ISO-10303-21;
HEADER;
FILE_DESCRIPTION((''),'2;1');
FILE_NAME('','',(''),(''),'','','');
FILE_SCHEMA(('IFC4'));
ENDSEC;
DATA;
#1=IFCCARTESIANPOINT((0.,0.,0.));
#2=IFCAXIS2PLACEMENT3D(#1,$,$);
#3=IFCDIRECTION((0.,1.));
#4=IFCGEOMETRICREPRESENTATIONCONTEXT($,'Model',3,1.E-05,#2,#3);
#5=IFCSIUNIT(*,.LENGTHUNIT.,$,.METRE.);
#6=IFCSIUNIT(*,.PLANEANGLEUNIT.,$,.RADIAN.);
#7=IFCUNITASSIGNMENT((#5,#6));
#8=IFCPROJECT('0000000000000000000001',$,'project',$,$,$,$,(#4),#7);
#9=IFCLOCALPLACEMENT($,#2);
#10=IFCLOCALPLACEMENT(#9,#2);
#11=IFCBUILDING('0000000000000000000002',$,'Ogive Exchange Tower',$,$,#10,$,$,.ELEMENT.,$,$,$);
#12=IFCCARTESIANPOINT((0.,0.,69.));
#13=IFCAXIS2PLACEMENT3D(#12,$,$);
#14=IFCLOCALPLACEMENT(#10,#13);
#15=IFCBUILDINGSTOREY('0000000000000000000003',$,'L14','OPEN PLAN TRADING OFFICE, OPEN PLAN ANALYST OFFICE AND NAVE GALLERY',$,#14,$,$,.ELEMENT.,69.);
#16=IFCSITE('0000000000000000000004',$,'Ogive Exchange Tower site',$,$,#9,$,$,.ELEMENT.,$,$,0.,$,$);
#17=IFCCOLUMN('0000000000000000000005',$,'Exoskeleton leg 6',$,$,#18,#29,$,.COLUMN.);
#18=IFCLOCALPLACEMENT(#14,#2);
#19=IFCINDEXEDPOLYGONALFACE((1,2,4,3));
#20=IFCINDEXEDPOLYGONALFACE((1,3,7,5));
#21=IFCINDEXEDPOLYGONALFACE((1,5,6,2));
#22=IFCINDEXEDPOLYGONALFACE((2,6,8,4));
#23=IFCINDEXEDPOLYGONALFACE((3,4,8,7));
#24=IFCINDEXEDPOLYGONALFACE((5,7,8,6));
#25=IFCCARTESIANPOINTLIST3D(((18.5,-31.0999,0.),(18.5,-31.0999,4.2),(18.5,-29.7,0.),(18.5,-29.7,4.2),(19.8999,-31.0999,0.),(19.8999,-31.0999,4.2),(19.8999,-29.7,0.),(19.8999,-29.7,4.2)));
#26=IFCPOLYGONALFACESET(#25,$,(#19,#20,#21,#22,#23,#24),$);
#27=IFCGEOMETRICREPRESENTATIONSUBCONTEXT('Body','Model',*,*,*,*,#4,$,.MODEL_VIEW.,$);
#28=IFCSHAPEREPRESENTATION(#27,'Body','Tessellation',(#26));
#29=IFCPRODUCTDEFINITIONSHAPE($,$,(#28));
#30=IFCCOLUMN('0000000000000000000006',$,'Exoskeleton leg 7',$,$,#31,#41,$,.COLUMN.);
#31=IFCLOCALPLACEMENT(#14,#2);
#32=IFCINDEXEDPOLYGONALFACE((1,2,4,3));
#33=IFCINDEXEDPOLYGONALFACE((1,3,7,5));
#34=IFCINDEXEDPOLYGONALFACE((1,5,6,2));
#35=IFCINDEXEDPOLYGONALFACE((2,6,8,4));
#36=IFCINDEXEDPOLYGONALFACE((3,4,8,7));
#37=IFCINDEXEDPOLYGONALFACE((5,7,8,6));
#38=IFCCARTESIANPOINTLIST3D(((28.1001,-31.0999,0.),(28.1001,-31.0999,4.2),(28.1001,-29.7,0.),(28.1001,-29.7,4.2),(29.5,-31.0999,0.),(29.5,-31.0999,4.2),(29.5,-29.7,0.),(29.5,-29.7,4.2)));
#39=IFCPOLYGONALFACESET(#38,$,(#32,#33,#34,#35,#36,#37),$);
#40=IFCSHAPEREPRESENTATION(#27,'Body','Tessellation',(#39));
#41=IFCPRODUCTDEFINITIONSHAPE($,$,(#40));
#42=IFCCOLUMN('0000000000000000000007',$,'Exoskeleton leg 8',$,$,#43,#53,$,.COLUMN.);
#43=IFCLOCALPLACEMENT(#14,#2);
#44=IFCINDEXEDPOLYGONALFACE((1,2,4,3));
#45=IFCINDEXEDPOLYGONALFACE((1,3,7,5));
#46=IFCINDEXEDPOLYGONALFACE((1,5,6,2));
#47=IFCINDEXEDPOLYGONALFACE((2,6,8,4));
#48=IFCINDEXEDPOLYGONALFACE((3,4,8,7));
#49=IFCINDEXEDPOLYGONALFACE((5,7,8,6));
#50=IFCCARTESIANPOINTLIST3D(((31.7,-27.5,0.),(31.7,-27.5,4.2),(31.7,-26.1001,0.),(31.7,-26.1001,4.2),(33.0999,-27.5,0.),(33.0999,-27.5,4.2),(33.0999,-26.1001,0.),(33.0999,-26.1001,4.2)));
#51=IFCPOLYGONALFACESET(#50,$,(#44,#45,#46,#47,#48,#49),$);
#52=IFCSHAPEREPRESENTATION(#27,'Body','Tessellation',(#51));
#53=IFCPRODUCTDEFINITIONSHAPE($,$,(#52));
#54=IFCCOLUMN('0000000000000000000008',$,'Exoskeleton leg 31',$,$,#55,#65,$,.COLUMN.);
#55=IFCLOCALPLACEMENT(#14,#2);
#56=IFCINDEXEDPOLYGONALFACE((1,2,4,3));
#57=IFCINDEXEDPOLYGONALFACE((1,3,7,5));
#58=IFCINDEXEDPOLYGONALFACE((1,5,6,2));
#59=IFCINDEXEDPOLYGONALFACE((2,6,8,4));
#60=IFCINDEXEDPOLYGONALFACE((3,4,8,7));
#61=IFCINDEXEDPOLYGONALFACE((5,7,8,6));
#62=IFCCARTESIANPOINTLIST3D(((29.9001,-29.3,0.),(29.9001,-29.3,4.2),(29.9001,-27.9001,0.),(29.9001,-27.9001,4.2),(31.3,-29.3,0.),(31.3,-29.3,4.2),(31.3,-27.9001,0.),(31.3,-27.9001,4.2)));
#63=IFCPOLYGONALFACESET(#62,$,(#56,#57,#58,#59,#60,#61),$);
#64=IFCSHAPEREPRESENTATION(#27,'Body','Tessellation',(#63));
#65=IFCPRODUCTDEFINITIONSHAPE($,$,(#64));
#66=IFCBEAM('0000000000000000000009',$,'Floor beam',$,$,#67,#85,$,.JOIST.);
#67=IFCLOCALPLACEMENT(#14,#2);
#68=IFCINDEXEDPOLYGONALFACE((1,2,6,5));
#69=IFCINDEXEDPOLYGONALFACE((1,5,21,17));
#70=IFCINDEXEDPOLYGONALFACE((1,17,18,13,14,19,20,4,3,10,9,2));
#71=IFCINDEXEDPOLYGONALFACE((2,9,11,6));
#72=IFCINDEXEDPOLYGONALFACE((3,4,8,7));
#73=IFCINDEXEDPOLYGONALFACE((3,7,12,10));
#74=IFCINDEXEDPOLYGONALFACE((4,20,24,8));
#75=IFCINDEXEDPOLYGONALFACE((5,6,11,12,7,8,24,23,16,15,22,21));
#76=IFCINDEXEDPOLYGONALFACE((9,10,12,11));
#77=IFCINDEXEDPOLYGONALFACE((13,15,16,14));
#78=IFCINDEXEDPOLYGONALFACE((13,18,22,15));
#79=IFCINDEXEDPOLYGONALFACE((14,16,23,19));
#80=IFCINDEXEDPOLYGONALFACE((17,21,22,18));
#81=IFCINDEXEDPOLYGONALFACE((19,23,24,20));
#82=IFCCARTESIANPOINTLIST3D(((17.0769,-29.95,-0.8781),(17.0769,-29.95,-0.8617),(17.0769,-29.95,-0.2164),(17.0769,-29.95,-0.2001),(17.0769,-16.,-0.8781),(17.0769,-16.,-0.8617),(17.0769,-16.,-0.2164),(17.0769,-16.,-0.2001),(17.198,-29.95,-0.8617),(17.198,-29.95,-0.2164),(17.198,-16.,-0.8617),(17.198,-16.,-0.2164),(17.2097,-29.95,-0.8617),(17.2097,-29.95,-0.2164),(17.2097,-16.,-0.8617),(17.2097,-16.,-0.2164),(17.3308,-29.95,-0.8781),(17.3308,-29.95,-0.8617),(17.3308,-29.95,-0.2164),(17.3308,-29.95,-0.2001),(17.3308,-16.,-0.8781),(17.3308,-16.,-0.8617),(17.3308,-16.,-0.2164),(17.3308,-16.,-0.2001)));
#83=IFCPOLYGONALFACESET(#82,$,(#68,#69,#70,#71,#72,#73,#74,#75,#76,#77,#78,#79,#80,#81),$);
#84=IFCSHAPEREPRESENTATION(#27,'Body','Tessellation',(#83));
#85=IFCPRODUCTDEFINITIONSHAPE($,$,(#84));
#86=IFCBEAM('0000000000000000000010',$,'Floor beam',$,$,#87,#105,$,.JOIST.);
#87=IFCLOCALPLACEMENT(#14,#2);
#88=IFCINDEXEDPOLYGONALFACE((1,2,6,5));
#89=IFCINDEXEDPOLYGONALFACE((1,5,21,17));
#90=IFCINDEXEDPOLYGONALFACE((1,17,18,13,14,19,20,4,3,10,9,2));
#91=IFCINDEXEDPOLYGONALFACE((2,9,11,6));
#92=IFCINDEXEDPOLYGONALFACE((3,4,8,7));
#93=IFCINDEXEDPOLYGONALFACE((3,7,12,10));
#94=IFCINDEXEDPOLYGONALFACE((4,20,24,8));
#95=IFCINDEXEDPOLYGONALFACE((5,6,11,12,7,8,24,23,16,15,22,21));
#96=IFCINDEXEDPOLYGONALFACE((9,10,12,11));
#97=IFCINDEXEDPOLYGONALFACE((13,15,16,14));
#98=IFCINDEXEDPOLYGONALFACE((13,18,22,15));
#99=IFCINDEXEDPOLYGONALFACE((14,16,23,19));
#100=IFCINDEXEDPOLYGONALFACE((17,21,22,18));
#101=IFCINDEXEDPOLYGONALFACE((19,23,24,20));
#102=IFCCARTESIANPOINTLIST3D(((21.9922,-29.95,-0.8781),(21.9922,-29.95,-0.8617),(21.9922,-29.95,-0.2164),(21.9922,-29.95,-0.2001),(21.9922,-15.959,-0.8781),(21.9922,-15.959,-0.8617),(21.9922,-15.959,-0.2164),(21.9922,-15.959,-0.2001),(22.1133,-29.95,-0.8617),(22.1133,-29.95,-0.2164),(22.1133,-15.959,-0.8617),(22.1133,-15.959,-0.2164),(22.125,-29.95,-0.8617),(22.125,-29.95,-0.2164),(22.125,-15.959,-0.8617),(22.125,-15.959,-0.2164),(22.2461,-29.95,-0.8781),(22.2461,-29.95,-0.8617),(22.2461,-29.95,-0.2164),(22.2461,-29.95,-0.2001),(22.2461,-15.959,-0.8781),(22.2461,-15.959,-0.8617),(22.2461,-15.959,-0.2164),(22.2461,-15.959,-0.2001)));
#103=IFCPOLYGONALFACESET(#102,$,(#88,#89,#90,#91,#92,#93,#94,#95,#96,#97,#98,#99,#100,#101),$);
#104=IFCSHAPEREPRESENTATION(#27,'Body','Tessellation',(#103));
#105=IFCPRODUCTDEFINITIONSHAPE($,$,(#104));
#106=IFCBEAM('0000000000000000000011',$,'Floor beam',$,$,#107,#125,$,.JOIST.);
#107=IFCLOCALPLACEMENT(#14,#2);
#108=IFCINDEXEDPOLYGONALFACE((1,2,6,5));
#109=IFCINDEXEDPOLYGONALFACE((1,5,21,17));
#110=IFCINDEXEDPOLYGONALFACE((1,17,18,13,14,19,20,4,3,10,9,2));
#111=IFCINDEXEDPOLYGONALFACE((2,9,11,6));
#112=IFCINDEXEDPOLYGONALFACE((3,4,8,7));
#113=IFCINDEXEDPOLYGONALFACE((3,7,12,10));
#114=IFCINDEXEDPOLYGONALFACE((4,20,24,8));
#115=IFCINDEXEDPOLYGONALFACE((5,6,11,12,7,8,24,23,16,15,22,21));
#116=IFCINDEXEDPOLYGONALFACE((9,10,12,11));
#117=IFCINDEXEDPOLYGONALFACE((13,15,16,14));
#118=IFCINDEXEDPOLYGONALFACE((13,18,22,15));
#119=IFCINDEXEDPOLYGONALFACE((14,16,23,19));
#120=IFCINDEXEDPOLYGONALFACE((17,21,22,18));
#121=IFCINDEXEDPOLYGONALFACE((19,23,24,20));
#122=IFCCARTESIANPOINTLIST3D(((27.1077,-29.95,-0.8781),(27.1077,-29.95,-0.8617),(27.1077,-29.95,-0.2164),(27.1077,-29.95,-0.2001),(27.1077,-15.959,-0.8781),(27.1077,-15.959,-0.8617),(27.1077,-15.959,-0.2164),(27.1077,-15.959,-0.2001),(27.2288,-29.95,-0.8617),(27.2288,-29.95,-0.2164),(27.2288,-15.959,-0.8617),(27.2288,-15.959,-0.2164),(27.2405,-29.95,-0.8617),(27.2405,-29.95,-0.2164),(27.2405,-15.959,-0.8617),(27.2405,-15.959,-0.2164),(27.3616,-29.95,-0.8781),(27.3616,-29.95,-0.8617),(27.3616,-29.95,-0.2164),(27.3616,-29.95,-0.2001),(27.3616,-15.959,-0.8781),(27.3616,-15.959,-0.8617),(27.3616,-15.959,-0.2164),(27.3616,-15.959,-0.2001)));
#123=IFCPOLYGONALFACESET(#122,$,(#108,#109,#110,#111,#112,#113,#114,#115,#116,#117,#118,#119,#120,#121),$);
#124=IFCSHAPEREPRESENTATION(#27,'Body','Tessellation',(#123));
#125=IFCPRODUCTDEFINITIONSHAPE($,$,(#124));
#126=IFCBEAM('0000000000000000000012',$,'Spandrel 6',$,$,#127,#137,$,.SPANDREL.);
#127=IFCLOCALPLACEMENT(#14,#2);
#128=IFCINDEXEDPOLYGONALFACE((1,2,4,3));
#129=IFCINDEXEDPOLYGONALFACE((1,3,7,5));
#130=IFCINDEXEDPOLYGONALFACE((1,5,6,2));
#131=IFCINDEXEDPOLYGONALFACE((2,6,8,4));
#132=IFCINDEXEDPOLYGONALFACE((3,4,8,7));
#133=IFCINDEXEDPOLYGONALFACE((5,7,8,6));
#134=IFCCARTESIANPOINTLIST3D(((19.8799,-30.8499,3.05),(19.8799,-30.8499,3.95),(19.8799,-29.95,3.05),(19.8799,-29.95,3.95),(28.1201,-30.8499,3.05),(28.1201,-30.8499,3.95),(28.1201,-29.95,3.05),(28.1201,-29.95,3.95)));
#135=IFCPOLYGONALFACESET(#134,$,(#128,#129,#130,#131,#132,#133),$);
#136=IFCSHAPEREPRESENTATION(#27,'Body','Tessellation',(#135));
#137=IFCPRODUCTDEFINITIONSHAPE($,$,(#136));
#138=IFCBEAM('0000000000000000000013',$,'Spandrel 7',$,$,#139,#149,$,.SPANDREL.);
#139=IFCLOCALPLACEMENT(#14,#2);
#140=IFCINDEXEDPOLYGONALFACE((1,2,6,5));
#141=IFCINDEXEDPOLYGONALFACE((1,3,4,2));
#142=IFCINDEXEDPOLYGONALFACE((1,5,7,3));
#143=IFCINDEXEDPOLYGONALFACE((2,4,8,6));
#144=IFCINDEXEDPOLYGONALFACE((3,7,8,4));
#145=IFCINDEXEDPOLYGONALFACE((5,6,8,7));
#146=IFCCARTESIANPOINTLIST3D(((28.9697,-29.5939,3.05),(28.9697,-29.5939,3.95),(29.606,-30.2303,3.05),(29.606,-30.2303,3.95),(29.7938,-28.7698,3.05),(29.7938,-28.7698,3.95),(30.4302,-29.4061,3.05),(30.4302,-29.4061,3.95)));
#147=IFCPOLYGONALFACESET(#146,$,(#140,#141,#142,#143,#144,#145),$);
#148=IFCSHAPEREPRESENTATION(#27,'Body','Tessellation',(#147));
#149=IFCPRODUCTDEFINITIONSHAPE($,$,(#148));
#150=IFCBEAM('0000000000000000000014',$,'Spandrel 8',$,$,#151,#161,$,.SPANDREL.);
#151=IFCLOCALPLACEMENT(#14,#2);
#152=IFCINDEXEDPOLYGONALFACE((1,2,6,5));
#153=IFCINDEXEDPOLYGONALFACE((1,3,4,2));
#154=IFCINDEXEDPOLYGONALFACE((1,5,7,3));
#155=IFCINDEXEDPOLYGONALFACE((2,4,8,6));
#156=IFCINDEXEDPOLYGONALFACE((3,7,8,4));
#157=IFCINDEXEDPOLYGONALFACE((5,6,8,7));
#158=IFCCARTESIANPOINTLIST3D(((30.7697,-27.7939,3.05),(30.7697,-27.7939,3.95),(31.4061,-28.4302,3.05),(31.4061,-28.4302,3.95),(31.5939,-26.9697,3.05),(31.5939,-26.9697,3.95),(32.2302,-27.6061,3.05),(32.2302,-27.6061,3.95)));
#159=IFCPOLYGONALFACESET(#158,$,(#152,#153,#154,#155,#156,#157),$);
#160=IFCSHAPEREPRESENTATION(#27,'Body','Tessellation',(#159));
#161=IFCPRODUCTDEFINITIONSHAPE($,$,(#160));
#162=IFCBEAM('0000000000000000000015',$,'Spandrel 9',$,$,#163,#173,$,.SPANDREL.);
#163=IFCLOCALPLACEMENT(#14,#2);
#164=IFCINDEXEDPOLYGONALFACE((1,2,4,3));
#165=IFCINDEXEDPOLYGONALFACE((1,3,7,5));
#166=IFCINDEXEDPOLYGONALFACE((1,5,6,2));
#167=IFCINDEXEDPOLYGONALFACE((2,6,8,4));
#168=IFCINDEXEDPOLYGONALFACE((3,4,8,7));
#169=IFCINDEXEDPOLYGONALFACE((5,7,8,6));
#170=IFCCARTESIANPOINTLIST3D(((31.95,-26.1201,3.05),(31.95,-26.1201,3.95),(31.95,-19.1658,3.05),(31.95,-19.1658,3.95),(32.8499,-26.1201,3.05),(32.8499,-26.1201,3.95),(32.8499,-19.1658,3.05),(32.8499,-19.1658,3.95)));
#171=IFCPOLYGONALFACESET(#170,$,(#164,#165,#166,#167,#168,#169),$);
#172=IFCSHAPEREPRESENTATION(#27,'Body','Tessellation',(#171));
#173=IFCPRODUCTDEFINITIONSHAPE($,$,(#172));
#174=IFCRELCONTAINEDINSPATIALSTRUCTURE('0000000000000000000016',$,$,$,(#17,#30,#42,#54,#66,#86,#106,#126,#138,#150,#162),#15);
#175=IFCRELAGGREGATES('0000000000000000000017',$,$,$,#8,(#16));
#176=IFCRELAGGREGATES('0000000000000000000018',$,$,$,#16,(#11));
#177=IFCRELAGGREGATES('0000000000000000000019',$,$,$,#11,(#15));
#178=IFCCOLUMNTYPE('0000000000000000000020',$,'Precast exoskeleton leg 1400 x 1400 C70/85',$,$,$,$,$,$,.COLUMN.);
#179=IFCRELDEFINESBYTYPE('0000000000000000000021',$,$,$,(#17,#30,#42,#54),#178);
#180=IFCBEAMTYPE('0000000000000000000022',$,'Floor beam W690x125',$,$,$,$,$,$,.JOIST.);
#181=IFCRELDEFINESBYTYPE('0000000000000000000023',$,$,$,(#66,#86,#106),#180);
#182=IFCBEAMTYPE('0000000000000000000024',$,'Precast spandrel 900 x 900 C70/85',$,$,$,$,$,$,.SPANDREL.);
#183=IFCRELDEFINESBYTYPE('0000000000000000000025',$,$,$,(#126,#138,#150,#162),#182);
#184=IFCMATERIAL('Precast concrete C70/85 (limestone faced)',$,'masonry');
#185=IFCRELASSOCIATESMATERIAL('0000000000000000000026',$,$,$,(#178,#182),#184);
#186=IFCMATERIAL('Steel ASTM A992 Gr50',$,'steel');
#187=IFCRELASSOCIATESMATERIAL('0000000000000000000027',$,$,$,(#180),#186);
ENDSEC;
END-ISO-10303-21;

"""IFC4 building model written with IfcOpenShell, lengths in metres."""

from ifc_helpers import new_model, si_unit, direction, frame, origin, origin_2d, place, context, subcontext, project, spatial, rectangle, i_section, extrude, material, material_profile, profile_set, type_object, element, save


model = new_model("IFC4")

# Units and contexts
model_context = context("Model", 3, precision=1e-05, world=origin(), true_north=direction((0.0, 1.0)))
body_context = subcontext(model_context, "Body", "Model", "MODEL_VIEW")
ifc_project = project(units=[si_unit("LENGTHUNIT", "METRE"), si_unit("PLANEANGLEUNIT", "RADIAN")], contexts=[model_context])

# Site, building, storey
site_placement = place(None, origin())
site = spatial("IfcSite", under=ifc_project, at=site_placement, Name="Ogive Exchange Tower site", CompositionType="ELEMENT", RefElevation=0.0)
building_placement = place(site_placement, origin())
building = spatial("IfcBuilding", under=site, at=building_placement, Name="Ogive Exchange Tower", CompositionType="ELEMENT")
storey_placement = place(building_placement, frame((0.0, 0.0, 69.0)))
storey = spatial("IfcBuildingStorey", under=building, at=storey_placement, Name="L14", Description="OPEN PLAN TRADING OFFICE, OPEN PLAN ANALYST OFFICE AND NAVE GALLERY", CompositionType="ELEMENT", Elevation=69.0)

# Columns
ifc_material_1 = material(Name="Precast concrete C70/85 (limestone faced)", Category="masonry")
ifc_material_profile_1 = material_profile(ifc_material_1, rectangle(XDim=1.3999, YDim=1.3999, at=origin_2d()), Name="1400 x 1400")
ifc_profile_set_1 = profile_set([ifc_material_profile_1], Name="Precast concrete C70/85 (limestone faced)")
column_type = type_object("IfcColumnType", Name="Precast exoskeleton leg 1400 x 1400 C70/85", PredefinedType="COLUMN", material=ifc_profile_set_1)
for number, where, z_axis, x_axis, name in (
    (1, (19.2, -30.3999, 0.0), (0.0, 0.0, 1.0), (1.0, 0.0, 0.0), "Exoskeleton leg 6"),
    (2, (28.8, -30.3999, 0.0), (0.0, 0.0, 1.0), (1.0, 0.0, 0.0), "Exoskeleton leg 7"),
    (3, (32.3999, -26.8, 0.0), (0.0, 0.0, 1.0), (1.0, 0.0, 0.0), "Exoskeleton leg 8"),
    (4, (30.6001, -28.6001, 0.0), (0.0, 0.0, 1.0), (1.0, 0.0, 0.0), "Exoskeleton leg 31"),
):
    element("IfcColumn", number, at=place(storey_placement, frame(where, z_axis=z_axis, x_axis=x_axis)), inside=storey, type_object=column_type, Name=name, PredefinedType="COLUMN", context=body_context, shape_type="SweptSolid", body=[
        extrude(rectangle(XDim=1.3999, YDim=1.3999, at=origin_2d()), origin(), (0.0, 0.0, 1.0), 4.2),
    ])

# Beams
ifc_material_2 = material(Name="Steel ASTM A992 Gr50", Category="steel")
ifc_material_profile_2 = material_profile(ifc_material_2, i_section(OverallWidth=0.2539, OverallDepth=0.678, WebThickness=0.0117, FlangeThickness=0.0164, at=origin_2d()), Name="W690x125")
ifc_profile_set_2 = profile_set([ifc_material_profile_2], Name="Steel ASTM A992 Gr50")
beam_type_1 = type_object("IfcBeamType", Name="Floor beam W690x125", PredefinedType="JOIST", material=ifc_profile_set_2)
beam_1_placement = place(storey_placement, frame((17.2039, -29.95, -0.5391), z_axis=(0.0, 1.0, 0.0), x_axis=(-1.0, 0.0, 0.0)))
element("IfcBeam", 5, at=beam_1_placement, inside=storey, type_object=beam_type_1, Name="Floor beam", PredefinedType="JOIST", context=body_context, shape_type="SweptSolid", body=[
    extrude(i_section(OverallWidth=0.2539, OverallDepth=0.678, WebThickness=0.0117, FlangeThickness=0.0164, at=origin_2d()), origin(), (0.0, 0.0, 1.0), 13.95),
])
for number, where, z_axis, x_axis, name in (
    (6, (22.1191, -29.95, -0.5391), (0.0, 1.0, 0.0), (-1.0, 0.0, 0.0), "Floor beam"),
    (7, (27.2346, -29.95, -0.5391), (0.0, 1.0, 0.0), (-1.0, 0.0, 0.0), "Floor beam"),
):
    element("IfcBeam", number, at=place(storey_placement, frame(where, z_axis=z_axis, x_axis=x_axis)), inside=storey, type_object=beam_type_1, Name=name, PredefinedType="JOIST", context=body_context, shape_type="SweptSolid", body=[
        extrude(i_section(OverallWidth=0.2539, OverallDepth=0.678, WebThickness=0.0117, FlangeThickness=0.0164, at=origin_2d()), origin(), (0.0, 0.0, 1.0), 13.991),
    ])
ifc_material_profile_3 = material_profile(ifc_material_1, rectangle(XDim=0.8999, YDim=0.8999, at=origin_2d()), Name="900 x 900")
ifc_profile_set_3 = profile_set([ifc_material_profile_3], Name="Precast concrete C70/85 (limestone faced)")
beam_type_2 = type_object("IfcBeamType", Name="Precast spandrel 900 x 900 C70/85", PredefinedType="SPANDREL", material=ifc_profile_set_3)
beam_2_placement = place(storey_placement, frame((19.8799, -30.3999, 3.5), z_axis=(1.0, 0.0, 0.0), x_axis=(0.0, 1.0, 0.0)))
element("IfcBeam", 8, at=beam_2_placement, inside=storey, type_object=beam_type_2, Name="Spandrel 6", PredefinedType="SPANDREL", context=body_context, shape_type="SweptSolid", body=[
    extrude(rectangle(XDim=0.8999, YDim=0.8999, at=origin_2d()), origin(), (0.0, 0.0, 1.0), 8.2402),
])
for number, where, z_axis, x_axis, name in (
    (9, (29.2878, -29.9121, 3.5), (0.707107, 0.707107, 0.0), (-0.707107, 0.707107, 0.0), "Spandrel 7"),
    (10, (31.0879, -28.1121, 3.5), (0.707107, 0.707107, 0.0), (-0.707107, 0.707107, 0.0), "Spandrel 8"),
):
    element("IfcBeam", number, at=place(storey_placement, frame(where, z_axis=z_axis, x_axis=x_axis)), inside=storey, type_object=beam_type_2, Name=name, PredefinedType="SPANDREL", context=body_context, shape_type="SweptSolid", body=[
        extrude(rectangle(XDim=0.8999, YDim=0.8999, at=origin_2d()), origin(), (0.0, 0.0, 1.0), 1.1655),
    ])
beam_3_placement = place(storey_placement, frame((32.3999, -26.1201, 3.5), z_axis=(0.0, 1.0, 0.0), x_axis=(-1.0, 0.0, 0.0)))
element("IfcBeam", 11, at=beam_3_placement, inside=storey, type_object=beam_type_2, Name="Spandrel 9", PredefinedType="SPANDREL", context=body_context, shape_type="SweptSolid", body=[
    extrude(rectangle(XDim=0.8999, YDim=0.8999, at=origin_2d()), origin(), (0.0, 0.0, 1.0), 6.9543),
])

save(model, "model.ifc")
